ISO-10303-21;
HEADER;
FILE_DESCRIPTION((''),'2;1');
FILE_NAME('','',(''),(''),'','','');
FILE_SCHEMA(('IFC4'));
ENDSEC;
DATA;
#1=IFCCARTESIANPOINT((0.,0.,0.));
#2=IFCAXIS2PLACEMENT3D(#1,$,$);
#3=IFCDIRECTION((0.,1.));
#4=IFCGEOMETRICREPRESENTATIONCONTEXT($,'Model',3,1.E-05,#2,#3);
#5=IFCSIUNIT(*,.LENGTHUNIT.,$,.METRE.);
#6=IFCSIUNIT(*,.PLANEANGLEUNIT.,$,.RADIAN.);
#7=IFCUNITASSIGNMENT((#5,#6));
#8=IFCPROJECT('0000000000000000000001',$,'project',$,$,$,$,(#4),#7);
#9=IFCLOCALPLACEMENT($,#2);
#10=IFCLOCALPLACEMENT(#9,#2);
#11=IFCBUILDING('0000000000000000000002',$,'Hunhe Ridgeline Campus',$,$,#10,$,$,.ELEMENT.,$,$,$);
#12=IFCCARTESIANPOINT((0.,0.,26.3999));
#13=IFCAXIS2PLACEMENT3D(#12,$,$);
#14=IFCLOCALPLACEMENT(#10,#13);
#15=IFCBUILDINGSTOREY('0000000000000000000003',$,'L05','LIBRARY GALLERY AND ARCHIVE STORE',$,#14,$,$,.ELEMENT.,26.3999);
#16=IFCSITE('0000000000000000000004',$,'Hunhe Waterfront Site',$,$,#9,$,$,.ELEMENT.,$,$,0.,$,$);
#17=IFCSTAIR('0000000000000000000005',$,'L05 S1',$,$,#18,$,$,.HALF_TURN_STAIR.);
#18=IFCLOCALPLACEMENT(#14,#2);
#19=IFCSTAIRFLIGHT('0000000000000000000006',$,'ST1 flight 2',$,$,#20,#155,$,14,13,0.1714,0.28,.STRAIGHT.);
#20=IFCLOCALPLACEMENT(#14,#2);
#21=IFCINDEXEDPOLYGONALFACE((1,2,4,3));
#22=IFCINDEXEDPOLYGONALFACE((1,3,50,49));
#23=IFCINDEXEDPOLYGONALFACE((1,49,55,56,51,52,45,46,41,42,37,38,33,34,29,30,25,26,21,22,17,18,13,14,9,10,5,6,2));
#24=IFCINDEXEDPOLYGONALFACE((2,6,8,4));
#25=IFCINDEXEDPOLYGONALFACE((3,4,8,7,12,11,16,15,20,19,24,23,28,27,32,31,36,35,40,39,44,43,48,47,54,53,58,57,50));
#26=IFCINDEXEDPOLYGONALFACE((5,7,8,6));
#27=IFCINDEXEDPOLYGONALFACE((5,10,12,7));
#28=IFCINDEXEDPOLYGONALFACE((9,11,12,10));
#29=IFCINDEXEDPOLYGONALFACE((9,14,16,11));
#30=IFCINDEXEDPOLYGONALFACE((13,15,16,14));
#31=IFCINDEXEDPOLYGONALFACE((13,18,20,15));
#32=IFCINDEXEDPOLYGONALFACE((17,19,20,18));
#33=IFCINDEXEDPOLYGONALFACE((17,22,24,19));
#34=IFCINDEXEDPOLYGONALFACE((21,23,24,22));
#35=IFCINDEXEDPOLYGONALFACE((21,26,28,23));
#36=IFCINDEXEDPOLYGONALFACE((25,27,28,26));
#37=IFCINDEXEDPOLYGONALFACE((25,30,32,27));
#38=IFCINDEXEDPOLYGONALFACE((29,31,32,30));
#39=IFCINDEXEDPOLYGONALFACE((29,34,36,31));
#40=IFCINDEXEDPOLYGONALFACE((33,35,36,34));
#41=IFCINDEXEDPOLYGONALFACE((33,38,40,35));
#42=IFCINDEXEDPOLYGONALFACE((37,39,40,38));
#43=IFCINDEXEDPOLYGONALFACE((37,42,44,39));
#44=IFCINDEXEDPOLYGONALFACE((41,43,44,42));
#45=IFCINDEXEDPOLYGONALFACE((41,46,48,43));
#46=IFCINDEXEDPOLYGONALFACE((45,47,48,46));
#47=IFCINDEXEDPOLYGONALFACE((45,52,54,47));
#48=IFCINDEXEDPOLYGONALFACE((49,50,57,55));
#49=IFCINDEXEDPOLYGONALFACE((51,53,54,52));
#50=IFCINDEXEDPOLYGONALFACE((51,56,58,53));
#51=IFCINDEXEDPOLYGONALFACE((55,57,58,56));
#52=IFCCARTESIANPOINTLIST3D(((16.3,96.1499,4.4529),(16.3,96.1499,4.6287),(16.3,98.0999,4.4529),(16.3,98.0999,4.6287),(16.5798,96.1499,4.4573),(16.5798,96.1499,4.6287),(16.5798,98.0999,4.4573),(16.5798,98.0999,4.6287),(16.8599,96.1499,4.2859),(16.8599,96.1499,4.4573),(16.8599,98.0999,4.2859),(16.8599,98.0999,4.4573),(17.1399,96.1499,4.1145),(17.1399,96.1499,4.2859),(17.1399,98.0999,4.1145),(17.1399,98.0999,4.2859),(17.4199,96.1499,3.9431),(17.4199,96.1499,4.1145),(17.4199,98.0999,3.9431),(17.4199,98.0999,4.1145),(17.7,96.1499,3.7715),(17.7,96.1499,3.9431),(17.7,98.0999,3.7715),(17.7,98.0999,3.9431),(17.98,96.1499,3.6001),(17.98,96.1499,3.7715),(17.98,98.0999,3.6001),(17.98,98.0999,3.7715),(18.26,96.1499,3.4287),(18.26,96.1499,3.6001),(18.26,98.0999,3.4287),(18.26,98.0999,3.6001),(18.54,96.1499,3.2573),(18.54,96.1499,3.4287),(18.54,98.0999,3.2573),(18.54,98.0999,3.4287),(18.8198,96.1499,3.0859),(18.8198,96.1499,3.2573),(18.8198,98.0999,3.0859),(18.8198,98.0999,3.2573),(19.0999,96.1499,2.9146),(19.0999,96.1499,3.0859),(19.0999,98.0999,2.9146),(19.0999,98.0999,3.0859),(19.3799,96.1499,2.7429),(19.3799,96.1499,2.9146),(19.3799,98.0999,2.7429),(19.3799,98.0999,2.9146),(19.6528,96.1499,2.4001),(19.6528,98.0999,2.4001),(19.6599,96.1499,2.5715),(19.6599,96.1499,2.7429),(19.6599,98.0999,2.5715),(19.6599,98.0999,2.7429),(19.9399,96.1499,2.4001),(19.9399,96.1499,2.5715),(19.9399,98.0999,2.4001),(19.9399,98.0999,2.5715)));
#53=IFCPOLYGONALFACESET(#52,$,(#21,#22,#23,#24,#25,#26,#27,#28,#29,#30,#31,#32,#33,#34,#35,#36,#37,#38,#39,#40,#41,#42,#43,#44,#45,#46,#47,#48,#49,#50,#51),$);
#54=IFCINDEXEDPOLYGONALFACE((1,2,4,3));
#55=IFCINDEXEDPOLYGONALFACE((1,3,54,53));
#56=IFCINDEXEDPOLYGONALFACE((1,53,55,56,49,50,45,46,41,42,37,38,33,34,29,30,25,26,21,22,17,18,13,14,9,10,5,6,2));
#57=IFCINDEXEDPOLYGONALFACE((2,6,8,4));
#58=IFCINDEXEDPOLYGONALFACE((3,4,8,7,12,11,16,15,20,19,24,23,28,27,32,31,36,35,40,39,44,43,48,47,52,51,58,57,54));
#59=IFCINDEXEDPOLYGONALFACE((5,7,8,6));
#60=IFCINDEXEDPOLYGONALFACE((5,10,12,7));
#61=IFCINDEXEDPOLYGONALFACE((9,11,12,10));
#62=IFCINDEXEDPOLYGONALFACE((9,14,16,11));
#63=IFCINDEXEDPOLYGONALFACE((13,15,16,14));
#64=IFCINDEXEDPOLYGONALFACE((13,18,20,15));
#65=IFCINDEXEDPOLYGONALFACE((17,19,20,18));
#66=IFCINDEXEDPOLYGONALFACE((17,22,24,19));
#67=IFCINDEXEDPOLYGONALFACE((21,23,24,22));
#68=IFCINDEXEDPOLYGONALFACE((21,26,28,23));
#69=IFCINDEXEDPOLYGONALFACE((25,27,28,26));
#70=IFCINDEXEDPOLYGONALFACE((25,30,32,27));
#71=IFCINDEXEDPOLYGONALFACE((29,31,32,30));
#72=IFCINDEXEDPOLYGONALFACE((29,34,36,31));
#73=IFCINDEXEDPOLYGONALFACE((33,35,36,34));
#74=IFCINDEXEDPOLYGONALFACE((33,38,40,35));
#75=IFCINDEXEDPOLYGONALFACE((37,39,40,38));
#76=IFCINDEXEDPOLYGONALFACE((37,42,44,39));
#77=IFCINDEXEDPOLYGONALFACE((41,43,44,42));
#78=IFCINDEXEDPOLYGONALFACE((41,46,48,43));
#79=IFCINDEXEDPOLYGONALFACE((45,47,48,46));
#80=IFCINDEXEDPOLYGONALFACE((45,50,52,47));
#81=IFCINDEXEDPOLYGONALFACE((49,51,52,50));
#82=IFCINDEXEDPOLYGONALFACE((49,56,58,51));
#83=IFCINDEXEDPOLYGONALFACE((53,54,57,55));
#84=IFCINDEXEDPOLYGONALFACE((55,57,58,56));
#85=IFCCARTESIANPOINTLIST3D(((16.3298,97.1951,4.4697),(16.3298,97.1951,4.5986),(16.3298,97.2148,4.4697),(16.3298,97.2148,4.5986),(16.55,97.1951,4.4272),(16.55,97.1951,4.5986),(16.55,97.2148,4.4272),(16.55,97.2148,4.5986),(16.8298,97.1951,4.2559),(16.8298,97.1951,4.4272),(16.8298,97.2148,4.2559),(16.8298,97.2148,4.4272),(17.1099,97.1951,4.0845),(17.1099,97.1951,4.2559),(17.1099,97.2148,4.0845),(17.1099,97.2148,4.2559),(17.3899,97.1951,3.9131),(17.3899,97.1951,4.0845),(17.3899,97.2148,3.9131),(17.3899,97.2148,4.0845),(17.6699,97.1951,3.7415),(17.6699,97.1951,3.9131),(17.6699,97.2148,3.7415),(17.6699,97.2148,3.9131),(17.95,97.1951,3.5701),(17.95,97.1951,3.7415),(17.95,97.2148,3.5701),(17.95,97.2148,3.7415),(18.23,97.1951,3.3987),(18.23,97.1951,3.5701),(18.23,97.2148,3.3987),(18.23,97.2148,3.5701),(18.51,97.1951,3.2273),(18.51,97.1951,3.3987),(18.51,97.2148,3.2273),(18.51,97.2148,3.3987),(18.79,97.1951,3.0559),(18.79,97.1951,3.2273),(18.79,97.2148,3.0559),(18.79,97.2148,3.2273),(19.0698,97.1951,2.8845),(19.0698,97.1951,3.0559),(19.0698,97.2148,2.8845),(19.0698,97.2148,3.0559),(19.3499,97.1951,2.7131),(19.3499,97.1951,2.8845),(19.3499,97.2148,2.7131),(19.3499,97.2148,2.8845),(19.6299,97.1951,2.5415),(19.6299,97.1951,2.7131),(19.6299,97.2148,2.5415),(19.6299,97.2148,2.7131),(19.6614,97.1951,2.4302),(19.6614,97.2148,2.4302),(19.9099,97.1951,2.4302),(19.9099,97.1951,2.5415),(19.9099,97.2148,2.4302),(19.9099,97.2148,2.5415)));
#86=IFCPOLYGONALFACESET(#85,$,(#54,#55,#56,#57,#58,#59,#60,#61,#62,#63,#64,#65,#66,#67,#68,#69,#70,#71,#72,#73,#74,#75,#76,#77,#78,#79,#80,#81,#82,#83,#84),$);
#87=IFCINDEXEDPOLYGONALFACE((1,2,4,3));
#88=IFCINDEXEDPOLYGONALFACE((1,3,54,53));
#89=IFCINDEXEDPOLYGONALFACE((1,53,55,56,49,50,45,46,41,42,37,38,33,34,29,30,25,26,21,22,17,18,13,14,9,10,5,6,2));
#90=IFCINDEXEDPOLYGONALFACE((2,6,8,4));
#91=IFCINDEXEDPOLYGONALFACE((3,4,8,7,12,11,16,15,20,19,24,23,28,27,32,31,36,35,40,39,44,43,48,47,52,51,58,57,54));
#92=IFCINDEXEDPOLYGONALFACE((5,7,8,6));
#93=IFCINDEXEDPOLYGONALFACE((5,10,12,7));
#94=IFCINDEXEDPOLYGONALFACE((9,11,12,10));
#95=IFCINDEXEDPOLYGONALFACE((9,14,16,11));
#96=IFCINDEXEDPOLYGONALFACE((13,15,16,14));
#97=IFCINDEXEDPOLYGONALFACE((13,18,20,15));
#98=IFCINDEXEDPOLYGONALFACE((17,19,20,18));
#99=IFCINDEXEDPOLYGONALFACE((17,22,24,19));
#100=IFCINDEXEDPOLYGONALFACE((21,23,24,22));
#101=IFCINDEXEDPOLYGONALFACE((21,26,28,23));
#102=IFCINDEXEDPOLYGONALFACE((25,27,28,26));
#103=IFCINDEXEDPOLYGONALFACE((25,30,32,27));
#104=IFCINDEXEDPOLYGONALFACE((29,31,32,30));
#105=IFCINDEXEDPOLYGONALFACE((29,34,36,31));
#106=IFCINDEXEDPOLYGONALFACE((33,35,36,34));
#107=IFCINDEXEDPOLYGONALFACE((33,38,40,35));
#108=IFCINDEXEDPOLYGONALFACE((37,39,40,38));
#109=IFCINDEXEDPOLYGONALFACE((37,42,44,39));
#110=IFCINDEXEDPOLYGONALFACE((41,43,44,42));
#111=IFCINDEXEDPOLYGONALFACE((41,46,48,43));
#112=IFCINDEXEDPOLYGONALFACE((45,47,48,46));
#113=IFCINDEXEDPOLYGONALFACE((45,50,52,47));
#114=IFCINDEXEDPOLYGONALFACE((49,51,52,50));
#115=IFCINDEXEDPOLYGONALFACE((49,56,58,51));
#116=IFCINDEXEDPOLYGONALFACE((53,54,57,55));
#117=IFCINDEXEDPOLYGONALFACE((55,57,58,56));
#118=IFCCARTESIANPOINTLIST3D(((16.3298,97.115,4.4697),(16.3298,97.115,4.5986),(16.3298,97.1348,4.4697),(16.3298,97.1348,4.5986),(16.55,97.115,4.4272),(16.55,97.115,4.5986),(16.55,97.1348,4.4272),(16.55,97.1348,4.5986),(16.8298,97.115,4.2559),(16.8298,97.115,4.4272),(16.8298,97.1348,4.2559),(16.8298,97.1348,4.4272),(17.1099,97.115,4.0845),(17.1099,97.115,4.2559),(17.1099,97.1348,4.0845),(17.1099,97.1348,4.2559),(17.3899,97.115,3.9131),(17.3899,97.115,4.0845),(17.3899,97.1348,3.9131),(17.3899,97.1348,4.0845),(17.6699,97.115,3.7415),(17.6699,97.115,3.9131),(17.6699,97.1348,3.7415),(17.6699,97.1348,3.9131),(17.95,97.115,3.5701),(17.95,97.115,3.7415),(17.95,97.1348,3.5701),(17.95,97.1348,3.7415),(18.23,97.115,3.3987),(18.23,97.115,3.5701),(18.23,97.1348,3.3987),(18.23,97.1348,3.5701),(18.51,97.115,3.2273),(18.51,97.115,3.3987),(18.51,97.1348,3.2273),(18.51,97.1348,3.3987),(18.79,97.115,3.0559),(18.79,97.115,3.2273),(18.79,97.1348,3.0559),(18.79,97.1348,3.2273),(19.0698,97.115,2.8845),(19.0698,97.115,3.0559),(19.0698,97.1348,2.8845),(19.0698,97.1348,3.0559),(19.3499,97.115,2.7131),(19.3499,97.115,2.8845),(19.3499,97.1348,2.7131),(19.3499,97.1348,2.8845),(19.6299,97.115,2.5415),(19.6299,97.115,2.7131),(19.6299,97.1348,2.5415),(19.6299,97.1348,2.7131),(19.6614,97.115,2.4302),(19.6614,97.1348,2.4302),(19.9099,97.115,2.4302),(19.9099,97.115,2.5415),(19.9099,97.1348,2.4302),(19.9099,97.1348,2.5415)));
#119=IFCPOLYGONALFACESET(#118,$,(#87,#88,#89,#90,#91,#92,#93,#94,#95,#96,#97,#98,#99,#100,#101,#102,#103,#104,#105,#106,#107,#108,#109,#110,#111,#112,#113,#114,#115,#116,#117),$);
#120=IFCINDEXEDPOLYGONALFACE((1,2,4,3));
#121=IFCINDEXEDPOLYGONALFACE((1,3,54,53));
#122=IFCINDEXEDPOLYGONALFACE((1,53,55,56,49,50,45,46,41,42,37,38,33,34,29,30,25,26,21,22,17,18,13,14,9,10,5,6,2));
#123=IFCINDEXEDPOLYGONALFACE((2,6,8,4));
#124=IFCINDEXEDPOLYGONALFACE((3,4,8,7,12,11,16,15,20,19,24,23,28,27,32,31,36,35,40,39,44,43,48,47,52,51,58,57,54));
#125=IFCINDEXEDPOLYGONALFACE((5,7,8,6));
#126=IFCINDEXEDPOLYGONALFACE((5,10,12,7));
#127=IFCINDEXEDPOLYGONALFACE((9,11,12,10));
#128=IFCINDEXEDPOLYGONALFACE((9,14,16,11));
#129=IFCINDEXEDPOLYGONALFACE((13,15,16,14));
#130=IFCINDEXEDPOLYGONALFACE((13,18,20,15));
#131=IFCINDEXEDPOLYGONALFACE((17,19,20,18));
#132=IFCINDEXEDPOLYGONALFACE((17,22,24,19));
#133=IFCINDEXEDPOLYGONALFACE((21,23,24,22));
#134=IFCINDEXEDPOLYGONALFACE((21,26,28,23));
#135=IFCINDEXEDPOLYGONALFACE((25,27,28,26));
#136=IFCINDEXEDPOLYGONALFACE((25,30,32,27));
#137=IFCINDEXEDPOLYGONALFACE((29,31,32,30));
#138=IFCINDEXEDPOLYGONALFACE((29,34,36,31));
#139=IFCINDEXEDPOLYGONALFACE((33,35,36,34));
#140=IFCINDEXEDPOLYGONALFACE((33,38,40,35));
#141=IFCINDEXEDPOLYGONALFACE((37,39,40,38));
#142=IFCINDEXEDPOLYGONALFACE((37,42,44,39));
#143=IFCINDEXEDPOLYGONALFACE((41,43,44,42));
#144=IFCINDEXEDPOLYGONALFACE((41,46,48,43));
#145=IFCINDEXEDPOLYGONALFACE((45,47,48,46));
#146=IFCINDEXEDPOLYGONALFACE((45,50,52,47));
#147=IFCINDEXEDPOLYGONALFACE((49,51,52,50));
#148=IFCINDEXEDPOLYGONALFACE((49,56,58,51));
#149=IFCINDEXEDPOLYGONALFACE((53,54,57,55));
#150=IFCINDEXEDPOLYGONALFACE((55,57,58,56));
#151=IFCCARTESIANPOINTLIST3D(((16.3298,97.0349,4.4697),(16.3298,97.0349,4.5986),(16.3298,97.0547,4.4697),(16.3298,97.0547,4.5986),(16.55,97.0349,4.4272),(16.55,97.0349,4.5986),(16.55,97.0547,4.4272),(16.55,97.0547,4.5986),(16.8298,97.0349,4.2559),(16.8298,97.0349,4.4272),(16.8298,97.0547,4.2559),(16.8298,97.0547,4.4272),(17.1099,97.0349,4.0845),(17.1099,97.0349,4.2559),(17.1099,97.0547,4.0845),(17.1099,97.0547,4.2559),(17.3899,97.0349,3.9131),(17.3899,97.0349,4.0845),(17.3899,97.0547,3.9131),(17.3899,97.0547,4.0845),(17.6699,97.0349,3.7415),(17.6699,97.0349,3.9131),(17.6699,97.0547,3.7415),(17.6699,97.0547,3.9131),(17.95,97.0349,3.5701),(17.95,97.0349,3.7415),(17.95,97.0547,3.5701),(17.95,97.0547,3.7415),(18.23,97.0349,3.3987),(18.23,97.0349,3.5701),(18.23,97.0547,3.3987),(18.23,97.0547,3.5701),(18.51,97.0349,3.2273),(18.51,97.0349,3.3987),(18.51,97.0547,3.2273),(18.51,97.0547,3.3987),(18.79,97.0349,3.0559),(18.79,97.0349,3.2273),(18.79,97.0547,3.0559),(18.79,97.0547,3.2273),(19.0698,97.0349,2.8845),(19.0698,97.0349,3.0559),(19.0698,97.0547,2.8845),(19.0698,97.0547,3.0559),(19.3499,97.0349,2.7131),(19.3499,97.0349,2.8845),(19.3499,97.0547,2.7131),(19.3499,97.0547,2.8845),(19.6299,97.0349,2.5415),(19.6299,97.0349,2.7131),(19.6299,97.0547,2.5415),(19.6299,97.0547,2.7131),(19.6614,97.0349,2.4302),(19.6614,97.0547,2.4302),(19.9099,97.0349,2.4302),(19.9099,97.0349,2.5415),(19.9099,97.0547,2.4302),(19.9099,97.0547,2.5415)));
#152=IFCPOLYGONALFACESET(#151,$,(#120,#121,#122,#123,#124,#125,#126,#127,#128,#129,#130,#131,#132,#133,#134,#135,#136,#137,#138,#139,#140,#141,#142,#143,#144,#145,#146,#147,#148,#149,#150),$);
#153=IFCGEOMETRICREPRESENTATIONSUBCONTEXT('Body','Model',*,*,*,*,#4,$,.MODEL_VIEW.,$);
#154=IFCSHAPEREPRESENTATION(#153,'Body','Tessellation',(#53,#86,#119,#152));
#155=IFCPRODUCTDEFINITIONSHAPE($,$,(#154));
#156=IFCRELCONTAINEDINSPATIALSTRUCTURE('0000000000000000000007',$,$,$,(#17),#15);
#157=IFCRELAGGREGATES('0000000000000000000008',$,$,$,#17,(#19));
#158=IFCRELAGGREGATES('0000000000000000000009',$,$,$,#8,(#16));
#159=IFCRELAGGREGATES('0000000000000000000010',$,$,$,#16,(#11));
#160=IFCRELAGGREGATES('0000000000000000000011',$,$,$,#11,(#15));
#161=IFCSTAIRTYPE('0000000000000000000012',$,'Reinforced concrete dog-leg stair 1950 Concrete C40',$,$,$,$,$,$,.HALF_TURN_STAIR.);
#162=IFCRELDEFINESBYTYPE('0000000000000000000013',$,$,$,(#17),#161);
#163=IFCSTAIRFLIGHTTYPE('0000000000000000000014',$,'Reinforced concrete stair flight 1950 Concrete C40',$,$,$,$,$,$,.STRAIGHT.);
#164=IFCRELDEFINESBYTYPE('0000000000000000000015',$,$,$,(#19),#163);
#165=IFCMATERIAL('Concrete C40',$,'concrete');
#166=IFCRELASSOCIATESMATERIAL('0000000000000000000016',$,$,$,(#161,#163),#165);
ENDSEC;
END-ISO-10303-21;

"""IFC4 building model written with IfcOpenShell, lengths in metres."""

from ifc_helpers import new_model, si_unit, direction, frame, origin, place, context, subcontext, project, spatial, polyline, outline, extrude, material, type_object, element, aggregate, save


model = new_model("IFC4")

# Units and contexts
model_context = context("Model", 3, precision=1e-05, world=origin(), true_north=direction((0.0, 1.0)))
body_context = subcontext(model_context, "Body", "Model", "MODEL_VIEW")
ifc_project = project(units=[si_unit("LENGTHUNIT", "METRE"), si_unit("PLANEANGLEUNIT", "RADIAN")], contexts=[model_context])

# Site, building, storey
site_placement = place(None, origin())
site = spatial("IfcSite", under=ifc_project, at=site_placement, Name="Hunhe Waterfront Site", CompositionType="ELEMENT", RefElevation=0.0)
building_placement = place(site_placement, origin())
building = spatial("IfcBuilding", under=site, at=building_placement, Name="Hunhe Ridgeline Campus", CompositionType="ELEMENT")
storey_placement = place(building_placement, frame((0.0, 0.0, 26.3999)))
storey = spatial("IfcBuildingStorey", under=building, at=storey_placement, Name="L05", Description="LIBRARY GALLERY AND ARCHIVE STORE", CompositionType="ELEMENT", Elevation=26.3999)

# Stair, stair flight
ifc_material_1 = material(Name="Concrete C40", Category="concrete")
stair_type = type_object("IfcStairType", Name="Reinforced concrete dog-leg stair 1950 Concrete C40", PredefinedType="HALF_TURN_STAIR", material=ifc_material_1)
stair_placement = place(storey_placement, origin())
stair = element("IfcStair", 1, at=stair_placement, inside=storey, type_object=stair_type, Name="L05 S1", PredefinedType="HALF_TURN_STAIR")
stair_flight_type = type_object("IfcStairFlightType", Name="Reinforced concrete stair flight 1950 Concrete C40", PredefinedType="STRAIGHT", material=ifc_material_1)
stair_flight_1_placement = place(storey_placement, frame((19.9399, 97.125, 2.4001), z_axis=(0.0, 0.0, 1.0), x_axis=(-1.0, 0.0, 0.0)))
stair_flight_1 = element("IfcStairFlight", 2, at=stair_flight_1_placement, type_object=stair_flight_type, Name="ST1 flight 2", NumberOfRisers=14, NumberOfTreads=13, PredefinedType="STRAIGHT", RiserHeight=0.1714, TreadLength=0.28, context=body_context, shape_type="SweptSolid", body=[
    extrude(outline(polyline([(0.0, 0.0), (0.0, 0.1714), (0.28, 0.1714), (0.28, 0.3428), (0.5601, 0.3428), (0.5601, 0.5144), (0.8401, 0.5144), (0.8401, 0.6858), (1.1201, 0.6858), (1.1201, 0.8572), (1.3999, 0.8572), (1.3999, 1.0286), (1.6799, 1.0286), (1.6799, 1.2), (1.96, 1.2), (1.96, 1.3713), (2.24, 1.3713), (2.24, 1.543), (2.52, 1.543), (2.52, 1.7144), (2.8, 1.7144), (2.8, 1.8857), (3.0801, 1.8857), (3.0801, 2.0571), (3.3601, 2.0571), (3.3601, 2.2285), (3.6399, 2.2285), (3.6399, 2.3999), (3.6399, 2.0527), (0.2871, 0.0), (0.0, 0.0)])), frame((0.0, 0.9751, 0.0), z_axis=(0.0, -1.0, 0.0), x_axis=(1.0, 0.0, 0.0)), (0.0, 0.0, 1.0), 1.95),
    extrude(outline(polyline([(0.03, 0.03), (0.03, 0.1414), (0.3101, 0.1414), (0.3101, 0.313), (0.5901, 0.313), (0.5901, 0.4844), (0.8701, 0.4844), (0.8701, 0.6558), (1.1499, 0.6558), (1.1499, 0.8271), (1.4299, 0.8271), (1.4299, 0.9985), (1.71, 0.9985), (1.71, 1.1699), (1.99, 1.1699), (1.99, 1.3413), (2.27, 1.3413), (2.27, 1.5129), (2.55, 1.5129), (2.55, 1.6843), (2.8301, 1.6843), (2.8301, 1.8557), (3.1101, 1.8557), (3.1101, 2.0271), (3.3899, 2.0271), (3.3899, 2.1985), (3.6101, 2.1985), (3.6101, 2.0696), (0.2786, 0.03), (0.03, 0.03)])), frame((0.0, -0.0701, 0.0), z_axis=(0.0, -1.0, 0.0), x_axis=(1.0, 0.0, 0.0)), (0.0, 0.0, 1.0), 0.0198),
    extrude(outline(polyline([(0.03, 0.03), (0.03, 0.1414), (0.3101, 0.1414), (0.3101, 0.313), (0.5901, 0.313), (0.5901, 0.4844), (0.8701, 0.4844), (0.8701, 0.6558), (1.1499, 0.6558), (1.1499, 0.8271), (1.4299, 0.8271), (1.4299, 0.9985), (1.71, 0.9985), (1.71, 1.1699), (1.99, 1.1699), (1.99, 1.3413), (2.27, 1.3413), (2.27, 1.5129), (2.55, 1.5129), (2.55, 1.6843), (2.8301, 1.6843), (2.8301, 1.8557), (3.1101, 1.8557), (3.1101, 2.0271), (3.3899, 2.0271), (3.3899, 2.1985), (3.6101, 2.1985), (3.6101, 2.0696), (0.2786, 0.03), (0.03, 0.03)])), frame((0.0, 0.01, 0.0), z_axis=(0.0, -1.0, 0.0), x_axis=(1.0, 0.0, 0.0)), (0.0, 0.0, 1.0), 0.0198),
    extrude(outline(polyline([(0.03, 0.03), (0.03, 0.1414), (0.3101, 0.1414), (0.3101, 0.313), (0.5901, 0.313), (0.5901, 0.4844), (0.8701, 0.4844), (0.8701, 0.6558), (1.1499, 0.6558), (1.1499, 0.8271), (1.4299, 0.8271), (1.4299, 0.9985), (1.71, 0.9985), (1.71, 1.1699), (1.99, 1.1699), (1.99, 1.3413), (2.27, 1.3413), (2.27, 1.5129), (2.55, 1.5129), (2.55, 1.6843), (2.8301, 1.6843), (2.8301, 1.8557), (3.1101, 1.8557), (3.1101, 2.0271), (3.3899, 2.0271), (3.3899, 2.1985), (3.6101, 2.1985), (3.6101, 2.0696), (0.2786, 0.03), (0.03, 0.03)])), frame((0.0, 0.0901, 0.0), z_axis=(0.0, -1.0, 0.0), x_axis=(1.0, 0.0, 0.0)), (0.0, 0.0, 1.0), 0.0198),
])
aggregate(stair, [stair_flight_1])

save(model, "model.ifc")
